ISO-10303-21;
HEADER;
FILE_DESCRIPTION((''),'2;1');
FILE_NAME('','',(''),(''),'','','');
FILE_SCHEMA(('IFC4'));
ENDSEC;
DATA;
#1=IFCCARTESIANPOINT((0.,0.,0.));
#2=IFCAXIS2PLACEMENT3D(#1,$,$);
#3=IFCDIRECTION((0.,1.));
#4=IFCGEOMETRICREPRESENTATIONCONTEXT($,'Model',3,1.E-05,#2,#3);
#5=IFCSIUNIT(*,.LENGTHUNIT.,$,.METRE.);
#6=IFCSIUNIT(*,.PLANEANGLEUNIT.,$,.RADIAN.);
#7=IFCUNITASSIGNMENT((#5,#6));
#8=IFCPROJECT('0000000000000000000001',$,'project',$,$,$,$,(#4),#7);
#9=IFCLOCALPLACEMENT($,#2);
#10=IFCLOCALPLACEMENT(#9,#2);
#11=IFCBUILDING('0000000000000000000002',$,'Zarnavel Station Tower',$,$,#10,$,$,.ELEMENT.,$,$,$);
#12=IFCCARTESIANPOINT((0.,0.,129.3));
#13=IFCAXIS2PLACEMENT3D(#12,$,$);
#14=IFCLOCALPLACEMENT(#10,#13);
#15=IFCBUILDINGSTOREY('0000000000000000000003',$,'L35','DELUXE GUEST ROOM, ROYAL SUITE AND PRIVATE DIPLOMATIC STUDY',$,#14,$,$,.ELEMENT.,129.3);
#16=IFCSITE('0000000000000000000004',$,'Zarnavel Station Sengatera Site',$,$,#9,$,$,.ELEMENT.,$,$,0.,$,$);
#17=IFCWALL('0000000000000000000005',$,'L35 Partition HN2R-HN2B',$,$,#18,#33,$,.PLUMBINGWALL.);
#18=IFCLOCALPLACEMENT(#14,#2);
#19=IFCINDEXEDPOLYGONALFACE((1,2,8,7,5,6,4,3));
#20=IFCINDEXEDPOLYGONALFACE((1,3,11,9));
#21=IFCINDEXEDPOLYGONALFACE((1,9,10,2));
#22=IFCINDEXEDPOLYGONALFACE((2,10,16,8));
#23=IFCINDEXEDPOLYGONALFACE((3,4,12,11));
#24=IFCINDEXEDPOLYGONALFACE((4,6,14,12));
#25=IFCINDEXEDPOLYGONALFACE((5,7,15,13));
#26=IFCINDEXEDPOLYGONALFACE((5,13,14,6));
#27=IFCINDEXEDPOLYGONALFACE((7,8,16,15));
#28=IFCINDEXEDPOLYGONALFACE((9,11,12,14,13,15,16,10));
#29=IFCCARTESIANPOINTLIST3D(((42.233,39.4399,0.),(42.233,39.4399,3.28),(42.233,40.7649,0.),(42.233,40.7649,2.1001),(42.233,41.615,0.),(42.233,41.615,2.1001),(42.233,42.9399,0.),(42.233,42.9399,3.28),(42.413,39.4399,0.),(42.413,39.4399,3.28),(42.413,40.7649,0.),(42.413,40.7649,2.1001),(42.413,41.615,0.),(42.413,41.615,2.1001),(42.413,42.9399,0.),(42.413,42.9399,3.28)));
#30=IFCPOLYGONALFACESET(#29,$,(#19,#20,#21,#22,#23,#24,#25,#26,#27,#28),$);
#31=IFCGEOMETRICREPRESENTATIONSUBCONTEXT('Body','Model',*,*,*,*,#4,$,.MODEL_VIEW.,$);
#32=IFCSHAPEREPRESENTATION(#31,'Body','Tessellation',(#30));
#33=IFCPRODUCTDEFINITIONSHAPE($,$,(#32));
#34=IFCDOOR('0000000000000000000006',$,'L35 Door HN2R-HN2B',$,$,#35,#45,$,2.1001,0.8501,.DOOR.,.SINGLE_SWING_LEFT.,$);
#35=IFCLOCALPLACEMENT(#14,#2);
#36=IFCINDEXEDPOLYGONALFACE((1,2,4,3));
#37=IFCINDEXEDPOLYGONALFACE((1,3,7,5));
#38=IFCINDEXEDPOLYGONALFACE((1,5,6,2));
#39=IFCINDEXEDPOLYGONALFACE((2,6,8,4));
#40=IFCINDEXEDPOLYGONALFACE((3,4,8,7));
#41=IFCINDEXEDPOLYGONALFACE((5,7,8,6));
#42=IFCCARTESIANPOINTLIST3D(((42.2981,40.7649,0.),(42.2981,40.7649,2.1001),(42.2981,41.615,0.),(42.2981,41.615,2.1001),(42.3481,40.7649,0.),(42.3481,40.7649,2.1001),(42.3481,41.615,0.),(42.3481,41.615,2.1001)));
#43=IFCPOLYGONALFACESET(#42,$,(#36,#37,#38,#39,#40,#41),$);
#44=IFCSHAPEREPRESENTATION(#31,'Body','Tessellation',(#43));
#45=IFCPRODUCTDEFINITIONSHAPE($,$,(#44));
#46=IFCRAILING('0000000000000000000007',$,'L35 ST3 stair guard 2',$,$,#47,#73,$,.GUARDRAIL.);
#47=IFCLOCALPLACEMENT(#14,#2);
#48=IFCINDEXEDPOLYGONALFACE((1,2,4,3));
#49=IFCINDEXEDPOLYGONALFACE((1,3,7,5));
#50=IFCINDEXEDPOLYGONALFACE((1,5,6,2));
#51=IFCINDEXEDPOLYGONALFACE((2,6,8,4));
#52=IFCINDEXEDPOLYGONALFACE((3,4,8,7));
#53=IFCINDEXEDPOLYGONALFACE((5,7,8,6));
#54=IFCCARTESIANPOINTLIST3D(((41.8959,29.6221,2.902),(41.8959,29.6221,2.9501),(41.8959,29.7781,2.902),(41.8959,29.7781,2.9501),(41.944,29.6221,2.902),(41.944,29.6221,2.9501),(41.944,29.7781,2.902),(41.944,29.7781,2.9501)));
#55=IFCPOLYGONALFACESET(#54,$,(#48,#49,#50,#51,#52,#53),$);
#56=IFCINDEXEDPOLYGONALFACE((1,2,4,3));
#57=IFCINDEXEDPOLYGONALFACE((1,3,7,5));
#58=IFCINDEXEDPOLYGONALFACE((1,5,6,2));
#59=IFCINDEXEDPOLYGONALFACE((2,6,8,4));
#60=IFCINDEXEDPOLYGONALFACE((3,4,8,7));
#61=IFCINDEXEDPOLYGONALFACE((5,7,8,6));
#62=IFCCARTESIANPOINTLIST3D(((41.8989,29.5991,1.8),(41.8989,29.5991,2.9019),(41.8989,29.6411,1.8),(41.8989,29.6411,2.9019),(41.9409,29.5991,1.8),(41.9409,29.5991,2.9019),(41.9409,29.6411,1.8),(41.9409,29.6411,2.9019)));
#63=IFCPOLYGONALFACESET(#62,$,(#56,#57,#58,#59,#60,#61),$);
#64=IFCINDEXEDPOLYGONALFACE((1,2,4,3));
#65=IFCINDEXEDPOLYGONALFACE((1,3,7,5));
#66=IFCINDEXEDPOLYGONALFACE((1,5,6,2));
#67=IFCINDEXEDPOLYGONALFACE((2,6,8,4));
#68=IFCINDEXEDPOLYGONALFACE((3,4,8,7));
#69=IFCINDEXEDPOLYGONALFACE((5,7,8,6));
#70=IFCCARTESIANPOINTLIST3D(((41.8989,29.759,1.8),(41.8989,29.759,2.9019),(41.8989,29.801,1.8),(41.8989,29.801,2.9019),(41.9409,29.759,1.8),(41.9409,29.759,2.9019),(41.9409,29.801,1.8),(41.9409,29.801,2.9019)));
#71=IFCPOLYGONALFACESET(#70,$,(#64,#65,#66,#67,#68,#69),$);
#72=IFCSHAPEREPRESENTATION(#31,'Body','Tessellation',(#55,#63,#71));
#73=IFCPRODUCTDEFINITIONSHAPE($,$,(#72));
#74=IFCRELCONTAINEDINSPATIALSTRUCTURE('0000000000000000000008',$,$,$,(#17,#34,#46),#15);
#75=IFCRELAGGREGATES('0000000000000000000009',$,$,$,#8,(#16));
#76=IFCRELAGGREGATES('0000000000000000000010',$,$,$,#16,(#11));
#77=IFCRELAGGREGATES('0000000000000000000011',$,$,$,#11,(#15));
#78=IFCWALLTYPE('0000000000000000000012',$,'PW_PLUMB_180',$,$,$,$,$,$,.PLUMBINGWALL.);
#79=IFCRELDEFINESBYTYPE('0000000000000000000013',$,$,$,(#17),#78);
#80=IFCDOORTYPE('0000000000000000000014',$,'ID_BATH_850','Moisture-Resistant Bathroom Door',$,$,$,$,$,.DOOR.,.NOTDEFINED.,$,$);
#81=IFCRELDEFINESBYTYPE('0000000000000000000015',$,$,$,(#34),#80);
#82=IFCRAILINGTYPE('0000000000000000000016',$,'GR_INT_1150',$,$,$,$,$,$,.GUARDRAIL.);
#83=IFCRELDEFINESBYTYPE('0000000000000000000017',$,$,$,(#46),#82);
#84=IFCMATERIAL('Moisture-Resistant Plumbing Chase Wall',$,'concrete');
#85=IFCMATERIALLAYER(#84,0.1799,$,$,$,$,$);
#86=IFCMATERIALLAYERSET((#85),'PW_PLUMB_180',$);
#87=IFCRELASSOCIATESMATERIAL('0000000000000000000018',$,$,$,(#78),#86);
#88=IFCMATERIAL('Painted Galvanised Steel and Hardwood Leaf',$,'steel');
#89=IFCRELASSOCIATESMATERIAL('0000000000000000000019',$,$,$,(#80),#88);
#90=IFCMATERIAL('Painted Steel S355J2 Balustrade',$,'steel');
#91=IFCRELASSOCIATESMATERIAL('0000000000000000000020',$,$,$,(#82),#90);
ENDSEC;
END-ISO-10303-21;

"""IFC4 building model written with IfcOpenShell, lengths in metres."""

from ifc_helpers import new_model, si_unit, direction, frame, frame_2d, origin, origin_2d, place, context, subcontext, project, spatial, rectangle, extrude, material, layer, layer_set, type_object, element, fill, save


model = new_model("IFC4")

# Units and contexts
model_context = context("Model", 3, precision=1e-05, world=origin(), true_north=direction((0.0, 1.0)))
body_context = subcontext(model_context, "Body", "Model", "MODEL_VIEW")
ifc_project = project(units=[si_unit("LENGTHUNIT", "METRE"), si_unit("PLANEANGLEUNIT", "RADIAN")], contexts=[model_context])

# Site, building, storey
site_placement = place(None, origin())
site = spatial("IfcSite", under=ifc_project, at=site_placement, Name="Zarnavel Station Sengatera Site", CompositionType="ELEMENT", RefElevation=0.0)
building_placement = place(site_placement, origin())
building = spatial("IfcBuilding", under=site, at=building_placement, Name="Zarnavel Station Tower", CompositionType="ELEMENT")
storey_placement = place(building_placement, frame((0.0, 0.0, 129.3)))
storey = spatial("IfcBuildingStorey", under=building, at=storey_placement, Name="L35", Description="DELUXE GUEST ROOM, ROYAL SUITE AND PRIVATE DIPLOMATIC STUDY", CompositionType="ELEMENT", Elevation=129.3)

# Shared definitions
ifc_material_1 = material(Name="Moisture-Resistant Plumbing Chase Wall", Category="concrete")
ifc_layer_1 = layer(ifc_material_1, 0.1799)
ifc_layer_set_1 = layer_set([ifc_layer_1], Name="PW_PLUMB_180")
wall_type_1 = type_object("IfcWallType", Name="PW_PLUMB_180", PredefinedType="PLUMBINGWALL", material=ifc_layer_set_1)

# Shared definitions
ifc_material_2 = material(Name="Painted Galvanised Steel and Hardwood Leaf", Category="steel")
door_type_1 = type_object("IfcDoorType", Name="ID_BATH_850", Description="Moisture-Resistant Bathroom Door", OperationType="NOTDEFINED", PredefinedType="DOOR", material=ifc_material_2)

# Wall, opening, door
wall_1_placement = place(storey_placement, frame((42.323, 39.4399, 0.0), z_axis=(0.0, 0.0, 1.0), x_axis=(0.0, 1.0, 0.0)))
wall_1 = element("IfcWall", 1, at=wall_1_placement, inside=storey, type_object=wall_type_1, Name="L35 Partition HN2R-HN2B", PredefinedType="PLUMBINGWALL", context=body_context, shape_type="SweptSolid", body=[
    extrude(rectangle(XDim=3.5, YDim=0.1799, at=frame_2d((1.75, 0.0))), origin(), (0.0, 0.0, 1.0), 3.28),
])
opening_1_placement = place(wall_1_placement, frame((1.325, 0.0, 0.0)))
opening_1 = element("IfcOpeningElement", 2, at=opening_1_placement, cuts=wall_1, PredefinedType="OPENING", context=body_context, shape_type="SweptSolid", body=[
    extrude(rectangle(XDim=0.8501, YDim=2.1001, at=frame_2d((0.425, 1.05))), frame((0.0, 0.0999, 0.0), z_axis=(0.0, -1.0, 0.0), x_axis=(1.0, 0.0, 0.0)), (0.0, 0.0, 1.0), 0.2),
])
door_1_placement = place(opening_1_placement, origin())
door_1 = element("IfcDoor", 3, at=door_1_placement, inside=storey, type_object=door_type_1, Name="L35 Door HN2R-HN2B", OperationType="SINGLE_SWING_LEFT", OverallHeight=2.1001, OverallWidth=0.8501, PredefinedType="DOOR", context=body_context, shape_type="SweptSolid", body=[
    extrude(rectangle(XDim=0.8501, YDim=2.1001, at=frame_2d((0.425, 1.05))), frame((0.0, 0.0249, 0.0), z_axis=(0.0, -1.0, 0.0), x_axis=(1.0, 0.0, 0.0)), (0.0, 0.0, 1.0), 0.05),
])
fill(opening_1, door_1)

# Railing
ifc_material_3 = material(Name="Painted Steel S355J2 Balustrade", Category="steel")
railing_type = type_object("IfcRailingType", Name="GR_INT_1150", PredefinedType="GUARDRAIL", material=ifc_material_3)
railing_placement = place(storey_placement, frame((41.9199, 29.6201, 1.8)))
element("IfcRailing", 4, at=railing_placement, inside=storey, type_object=railing_type, Name="L35 ST3 stair guard 2", PredefinedType="GUARDRAIL", context=body_context, shape_type="SweptSolid", body=[
    extrude(rectangle(XDim=0.0481, YDim=0.0481, at=origin_2d()), frame((0.0, 0.002, 1.126), z_axis=(0.0, 1.0, 0.0), x_axis=(-1.0, 0.0, 0.0)), (0.0, 0.0, 1.0), 0.156),
    extrude(rectangle(XDim=0.042, YDim=0.042, at=origin_2d()), origin(), (0.0, 0.0, 1.0), 1.1018),
    extrude(rectangle(XDim=0.042, YDim=0.042, at=origin_2d()), frame((0.0, 0.1599, 0.0)), (0.0, 0.0, 1.0), 1.1018),
])

save(model, "model.ifc")
